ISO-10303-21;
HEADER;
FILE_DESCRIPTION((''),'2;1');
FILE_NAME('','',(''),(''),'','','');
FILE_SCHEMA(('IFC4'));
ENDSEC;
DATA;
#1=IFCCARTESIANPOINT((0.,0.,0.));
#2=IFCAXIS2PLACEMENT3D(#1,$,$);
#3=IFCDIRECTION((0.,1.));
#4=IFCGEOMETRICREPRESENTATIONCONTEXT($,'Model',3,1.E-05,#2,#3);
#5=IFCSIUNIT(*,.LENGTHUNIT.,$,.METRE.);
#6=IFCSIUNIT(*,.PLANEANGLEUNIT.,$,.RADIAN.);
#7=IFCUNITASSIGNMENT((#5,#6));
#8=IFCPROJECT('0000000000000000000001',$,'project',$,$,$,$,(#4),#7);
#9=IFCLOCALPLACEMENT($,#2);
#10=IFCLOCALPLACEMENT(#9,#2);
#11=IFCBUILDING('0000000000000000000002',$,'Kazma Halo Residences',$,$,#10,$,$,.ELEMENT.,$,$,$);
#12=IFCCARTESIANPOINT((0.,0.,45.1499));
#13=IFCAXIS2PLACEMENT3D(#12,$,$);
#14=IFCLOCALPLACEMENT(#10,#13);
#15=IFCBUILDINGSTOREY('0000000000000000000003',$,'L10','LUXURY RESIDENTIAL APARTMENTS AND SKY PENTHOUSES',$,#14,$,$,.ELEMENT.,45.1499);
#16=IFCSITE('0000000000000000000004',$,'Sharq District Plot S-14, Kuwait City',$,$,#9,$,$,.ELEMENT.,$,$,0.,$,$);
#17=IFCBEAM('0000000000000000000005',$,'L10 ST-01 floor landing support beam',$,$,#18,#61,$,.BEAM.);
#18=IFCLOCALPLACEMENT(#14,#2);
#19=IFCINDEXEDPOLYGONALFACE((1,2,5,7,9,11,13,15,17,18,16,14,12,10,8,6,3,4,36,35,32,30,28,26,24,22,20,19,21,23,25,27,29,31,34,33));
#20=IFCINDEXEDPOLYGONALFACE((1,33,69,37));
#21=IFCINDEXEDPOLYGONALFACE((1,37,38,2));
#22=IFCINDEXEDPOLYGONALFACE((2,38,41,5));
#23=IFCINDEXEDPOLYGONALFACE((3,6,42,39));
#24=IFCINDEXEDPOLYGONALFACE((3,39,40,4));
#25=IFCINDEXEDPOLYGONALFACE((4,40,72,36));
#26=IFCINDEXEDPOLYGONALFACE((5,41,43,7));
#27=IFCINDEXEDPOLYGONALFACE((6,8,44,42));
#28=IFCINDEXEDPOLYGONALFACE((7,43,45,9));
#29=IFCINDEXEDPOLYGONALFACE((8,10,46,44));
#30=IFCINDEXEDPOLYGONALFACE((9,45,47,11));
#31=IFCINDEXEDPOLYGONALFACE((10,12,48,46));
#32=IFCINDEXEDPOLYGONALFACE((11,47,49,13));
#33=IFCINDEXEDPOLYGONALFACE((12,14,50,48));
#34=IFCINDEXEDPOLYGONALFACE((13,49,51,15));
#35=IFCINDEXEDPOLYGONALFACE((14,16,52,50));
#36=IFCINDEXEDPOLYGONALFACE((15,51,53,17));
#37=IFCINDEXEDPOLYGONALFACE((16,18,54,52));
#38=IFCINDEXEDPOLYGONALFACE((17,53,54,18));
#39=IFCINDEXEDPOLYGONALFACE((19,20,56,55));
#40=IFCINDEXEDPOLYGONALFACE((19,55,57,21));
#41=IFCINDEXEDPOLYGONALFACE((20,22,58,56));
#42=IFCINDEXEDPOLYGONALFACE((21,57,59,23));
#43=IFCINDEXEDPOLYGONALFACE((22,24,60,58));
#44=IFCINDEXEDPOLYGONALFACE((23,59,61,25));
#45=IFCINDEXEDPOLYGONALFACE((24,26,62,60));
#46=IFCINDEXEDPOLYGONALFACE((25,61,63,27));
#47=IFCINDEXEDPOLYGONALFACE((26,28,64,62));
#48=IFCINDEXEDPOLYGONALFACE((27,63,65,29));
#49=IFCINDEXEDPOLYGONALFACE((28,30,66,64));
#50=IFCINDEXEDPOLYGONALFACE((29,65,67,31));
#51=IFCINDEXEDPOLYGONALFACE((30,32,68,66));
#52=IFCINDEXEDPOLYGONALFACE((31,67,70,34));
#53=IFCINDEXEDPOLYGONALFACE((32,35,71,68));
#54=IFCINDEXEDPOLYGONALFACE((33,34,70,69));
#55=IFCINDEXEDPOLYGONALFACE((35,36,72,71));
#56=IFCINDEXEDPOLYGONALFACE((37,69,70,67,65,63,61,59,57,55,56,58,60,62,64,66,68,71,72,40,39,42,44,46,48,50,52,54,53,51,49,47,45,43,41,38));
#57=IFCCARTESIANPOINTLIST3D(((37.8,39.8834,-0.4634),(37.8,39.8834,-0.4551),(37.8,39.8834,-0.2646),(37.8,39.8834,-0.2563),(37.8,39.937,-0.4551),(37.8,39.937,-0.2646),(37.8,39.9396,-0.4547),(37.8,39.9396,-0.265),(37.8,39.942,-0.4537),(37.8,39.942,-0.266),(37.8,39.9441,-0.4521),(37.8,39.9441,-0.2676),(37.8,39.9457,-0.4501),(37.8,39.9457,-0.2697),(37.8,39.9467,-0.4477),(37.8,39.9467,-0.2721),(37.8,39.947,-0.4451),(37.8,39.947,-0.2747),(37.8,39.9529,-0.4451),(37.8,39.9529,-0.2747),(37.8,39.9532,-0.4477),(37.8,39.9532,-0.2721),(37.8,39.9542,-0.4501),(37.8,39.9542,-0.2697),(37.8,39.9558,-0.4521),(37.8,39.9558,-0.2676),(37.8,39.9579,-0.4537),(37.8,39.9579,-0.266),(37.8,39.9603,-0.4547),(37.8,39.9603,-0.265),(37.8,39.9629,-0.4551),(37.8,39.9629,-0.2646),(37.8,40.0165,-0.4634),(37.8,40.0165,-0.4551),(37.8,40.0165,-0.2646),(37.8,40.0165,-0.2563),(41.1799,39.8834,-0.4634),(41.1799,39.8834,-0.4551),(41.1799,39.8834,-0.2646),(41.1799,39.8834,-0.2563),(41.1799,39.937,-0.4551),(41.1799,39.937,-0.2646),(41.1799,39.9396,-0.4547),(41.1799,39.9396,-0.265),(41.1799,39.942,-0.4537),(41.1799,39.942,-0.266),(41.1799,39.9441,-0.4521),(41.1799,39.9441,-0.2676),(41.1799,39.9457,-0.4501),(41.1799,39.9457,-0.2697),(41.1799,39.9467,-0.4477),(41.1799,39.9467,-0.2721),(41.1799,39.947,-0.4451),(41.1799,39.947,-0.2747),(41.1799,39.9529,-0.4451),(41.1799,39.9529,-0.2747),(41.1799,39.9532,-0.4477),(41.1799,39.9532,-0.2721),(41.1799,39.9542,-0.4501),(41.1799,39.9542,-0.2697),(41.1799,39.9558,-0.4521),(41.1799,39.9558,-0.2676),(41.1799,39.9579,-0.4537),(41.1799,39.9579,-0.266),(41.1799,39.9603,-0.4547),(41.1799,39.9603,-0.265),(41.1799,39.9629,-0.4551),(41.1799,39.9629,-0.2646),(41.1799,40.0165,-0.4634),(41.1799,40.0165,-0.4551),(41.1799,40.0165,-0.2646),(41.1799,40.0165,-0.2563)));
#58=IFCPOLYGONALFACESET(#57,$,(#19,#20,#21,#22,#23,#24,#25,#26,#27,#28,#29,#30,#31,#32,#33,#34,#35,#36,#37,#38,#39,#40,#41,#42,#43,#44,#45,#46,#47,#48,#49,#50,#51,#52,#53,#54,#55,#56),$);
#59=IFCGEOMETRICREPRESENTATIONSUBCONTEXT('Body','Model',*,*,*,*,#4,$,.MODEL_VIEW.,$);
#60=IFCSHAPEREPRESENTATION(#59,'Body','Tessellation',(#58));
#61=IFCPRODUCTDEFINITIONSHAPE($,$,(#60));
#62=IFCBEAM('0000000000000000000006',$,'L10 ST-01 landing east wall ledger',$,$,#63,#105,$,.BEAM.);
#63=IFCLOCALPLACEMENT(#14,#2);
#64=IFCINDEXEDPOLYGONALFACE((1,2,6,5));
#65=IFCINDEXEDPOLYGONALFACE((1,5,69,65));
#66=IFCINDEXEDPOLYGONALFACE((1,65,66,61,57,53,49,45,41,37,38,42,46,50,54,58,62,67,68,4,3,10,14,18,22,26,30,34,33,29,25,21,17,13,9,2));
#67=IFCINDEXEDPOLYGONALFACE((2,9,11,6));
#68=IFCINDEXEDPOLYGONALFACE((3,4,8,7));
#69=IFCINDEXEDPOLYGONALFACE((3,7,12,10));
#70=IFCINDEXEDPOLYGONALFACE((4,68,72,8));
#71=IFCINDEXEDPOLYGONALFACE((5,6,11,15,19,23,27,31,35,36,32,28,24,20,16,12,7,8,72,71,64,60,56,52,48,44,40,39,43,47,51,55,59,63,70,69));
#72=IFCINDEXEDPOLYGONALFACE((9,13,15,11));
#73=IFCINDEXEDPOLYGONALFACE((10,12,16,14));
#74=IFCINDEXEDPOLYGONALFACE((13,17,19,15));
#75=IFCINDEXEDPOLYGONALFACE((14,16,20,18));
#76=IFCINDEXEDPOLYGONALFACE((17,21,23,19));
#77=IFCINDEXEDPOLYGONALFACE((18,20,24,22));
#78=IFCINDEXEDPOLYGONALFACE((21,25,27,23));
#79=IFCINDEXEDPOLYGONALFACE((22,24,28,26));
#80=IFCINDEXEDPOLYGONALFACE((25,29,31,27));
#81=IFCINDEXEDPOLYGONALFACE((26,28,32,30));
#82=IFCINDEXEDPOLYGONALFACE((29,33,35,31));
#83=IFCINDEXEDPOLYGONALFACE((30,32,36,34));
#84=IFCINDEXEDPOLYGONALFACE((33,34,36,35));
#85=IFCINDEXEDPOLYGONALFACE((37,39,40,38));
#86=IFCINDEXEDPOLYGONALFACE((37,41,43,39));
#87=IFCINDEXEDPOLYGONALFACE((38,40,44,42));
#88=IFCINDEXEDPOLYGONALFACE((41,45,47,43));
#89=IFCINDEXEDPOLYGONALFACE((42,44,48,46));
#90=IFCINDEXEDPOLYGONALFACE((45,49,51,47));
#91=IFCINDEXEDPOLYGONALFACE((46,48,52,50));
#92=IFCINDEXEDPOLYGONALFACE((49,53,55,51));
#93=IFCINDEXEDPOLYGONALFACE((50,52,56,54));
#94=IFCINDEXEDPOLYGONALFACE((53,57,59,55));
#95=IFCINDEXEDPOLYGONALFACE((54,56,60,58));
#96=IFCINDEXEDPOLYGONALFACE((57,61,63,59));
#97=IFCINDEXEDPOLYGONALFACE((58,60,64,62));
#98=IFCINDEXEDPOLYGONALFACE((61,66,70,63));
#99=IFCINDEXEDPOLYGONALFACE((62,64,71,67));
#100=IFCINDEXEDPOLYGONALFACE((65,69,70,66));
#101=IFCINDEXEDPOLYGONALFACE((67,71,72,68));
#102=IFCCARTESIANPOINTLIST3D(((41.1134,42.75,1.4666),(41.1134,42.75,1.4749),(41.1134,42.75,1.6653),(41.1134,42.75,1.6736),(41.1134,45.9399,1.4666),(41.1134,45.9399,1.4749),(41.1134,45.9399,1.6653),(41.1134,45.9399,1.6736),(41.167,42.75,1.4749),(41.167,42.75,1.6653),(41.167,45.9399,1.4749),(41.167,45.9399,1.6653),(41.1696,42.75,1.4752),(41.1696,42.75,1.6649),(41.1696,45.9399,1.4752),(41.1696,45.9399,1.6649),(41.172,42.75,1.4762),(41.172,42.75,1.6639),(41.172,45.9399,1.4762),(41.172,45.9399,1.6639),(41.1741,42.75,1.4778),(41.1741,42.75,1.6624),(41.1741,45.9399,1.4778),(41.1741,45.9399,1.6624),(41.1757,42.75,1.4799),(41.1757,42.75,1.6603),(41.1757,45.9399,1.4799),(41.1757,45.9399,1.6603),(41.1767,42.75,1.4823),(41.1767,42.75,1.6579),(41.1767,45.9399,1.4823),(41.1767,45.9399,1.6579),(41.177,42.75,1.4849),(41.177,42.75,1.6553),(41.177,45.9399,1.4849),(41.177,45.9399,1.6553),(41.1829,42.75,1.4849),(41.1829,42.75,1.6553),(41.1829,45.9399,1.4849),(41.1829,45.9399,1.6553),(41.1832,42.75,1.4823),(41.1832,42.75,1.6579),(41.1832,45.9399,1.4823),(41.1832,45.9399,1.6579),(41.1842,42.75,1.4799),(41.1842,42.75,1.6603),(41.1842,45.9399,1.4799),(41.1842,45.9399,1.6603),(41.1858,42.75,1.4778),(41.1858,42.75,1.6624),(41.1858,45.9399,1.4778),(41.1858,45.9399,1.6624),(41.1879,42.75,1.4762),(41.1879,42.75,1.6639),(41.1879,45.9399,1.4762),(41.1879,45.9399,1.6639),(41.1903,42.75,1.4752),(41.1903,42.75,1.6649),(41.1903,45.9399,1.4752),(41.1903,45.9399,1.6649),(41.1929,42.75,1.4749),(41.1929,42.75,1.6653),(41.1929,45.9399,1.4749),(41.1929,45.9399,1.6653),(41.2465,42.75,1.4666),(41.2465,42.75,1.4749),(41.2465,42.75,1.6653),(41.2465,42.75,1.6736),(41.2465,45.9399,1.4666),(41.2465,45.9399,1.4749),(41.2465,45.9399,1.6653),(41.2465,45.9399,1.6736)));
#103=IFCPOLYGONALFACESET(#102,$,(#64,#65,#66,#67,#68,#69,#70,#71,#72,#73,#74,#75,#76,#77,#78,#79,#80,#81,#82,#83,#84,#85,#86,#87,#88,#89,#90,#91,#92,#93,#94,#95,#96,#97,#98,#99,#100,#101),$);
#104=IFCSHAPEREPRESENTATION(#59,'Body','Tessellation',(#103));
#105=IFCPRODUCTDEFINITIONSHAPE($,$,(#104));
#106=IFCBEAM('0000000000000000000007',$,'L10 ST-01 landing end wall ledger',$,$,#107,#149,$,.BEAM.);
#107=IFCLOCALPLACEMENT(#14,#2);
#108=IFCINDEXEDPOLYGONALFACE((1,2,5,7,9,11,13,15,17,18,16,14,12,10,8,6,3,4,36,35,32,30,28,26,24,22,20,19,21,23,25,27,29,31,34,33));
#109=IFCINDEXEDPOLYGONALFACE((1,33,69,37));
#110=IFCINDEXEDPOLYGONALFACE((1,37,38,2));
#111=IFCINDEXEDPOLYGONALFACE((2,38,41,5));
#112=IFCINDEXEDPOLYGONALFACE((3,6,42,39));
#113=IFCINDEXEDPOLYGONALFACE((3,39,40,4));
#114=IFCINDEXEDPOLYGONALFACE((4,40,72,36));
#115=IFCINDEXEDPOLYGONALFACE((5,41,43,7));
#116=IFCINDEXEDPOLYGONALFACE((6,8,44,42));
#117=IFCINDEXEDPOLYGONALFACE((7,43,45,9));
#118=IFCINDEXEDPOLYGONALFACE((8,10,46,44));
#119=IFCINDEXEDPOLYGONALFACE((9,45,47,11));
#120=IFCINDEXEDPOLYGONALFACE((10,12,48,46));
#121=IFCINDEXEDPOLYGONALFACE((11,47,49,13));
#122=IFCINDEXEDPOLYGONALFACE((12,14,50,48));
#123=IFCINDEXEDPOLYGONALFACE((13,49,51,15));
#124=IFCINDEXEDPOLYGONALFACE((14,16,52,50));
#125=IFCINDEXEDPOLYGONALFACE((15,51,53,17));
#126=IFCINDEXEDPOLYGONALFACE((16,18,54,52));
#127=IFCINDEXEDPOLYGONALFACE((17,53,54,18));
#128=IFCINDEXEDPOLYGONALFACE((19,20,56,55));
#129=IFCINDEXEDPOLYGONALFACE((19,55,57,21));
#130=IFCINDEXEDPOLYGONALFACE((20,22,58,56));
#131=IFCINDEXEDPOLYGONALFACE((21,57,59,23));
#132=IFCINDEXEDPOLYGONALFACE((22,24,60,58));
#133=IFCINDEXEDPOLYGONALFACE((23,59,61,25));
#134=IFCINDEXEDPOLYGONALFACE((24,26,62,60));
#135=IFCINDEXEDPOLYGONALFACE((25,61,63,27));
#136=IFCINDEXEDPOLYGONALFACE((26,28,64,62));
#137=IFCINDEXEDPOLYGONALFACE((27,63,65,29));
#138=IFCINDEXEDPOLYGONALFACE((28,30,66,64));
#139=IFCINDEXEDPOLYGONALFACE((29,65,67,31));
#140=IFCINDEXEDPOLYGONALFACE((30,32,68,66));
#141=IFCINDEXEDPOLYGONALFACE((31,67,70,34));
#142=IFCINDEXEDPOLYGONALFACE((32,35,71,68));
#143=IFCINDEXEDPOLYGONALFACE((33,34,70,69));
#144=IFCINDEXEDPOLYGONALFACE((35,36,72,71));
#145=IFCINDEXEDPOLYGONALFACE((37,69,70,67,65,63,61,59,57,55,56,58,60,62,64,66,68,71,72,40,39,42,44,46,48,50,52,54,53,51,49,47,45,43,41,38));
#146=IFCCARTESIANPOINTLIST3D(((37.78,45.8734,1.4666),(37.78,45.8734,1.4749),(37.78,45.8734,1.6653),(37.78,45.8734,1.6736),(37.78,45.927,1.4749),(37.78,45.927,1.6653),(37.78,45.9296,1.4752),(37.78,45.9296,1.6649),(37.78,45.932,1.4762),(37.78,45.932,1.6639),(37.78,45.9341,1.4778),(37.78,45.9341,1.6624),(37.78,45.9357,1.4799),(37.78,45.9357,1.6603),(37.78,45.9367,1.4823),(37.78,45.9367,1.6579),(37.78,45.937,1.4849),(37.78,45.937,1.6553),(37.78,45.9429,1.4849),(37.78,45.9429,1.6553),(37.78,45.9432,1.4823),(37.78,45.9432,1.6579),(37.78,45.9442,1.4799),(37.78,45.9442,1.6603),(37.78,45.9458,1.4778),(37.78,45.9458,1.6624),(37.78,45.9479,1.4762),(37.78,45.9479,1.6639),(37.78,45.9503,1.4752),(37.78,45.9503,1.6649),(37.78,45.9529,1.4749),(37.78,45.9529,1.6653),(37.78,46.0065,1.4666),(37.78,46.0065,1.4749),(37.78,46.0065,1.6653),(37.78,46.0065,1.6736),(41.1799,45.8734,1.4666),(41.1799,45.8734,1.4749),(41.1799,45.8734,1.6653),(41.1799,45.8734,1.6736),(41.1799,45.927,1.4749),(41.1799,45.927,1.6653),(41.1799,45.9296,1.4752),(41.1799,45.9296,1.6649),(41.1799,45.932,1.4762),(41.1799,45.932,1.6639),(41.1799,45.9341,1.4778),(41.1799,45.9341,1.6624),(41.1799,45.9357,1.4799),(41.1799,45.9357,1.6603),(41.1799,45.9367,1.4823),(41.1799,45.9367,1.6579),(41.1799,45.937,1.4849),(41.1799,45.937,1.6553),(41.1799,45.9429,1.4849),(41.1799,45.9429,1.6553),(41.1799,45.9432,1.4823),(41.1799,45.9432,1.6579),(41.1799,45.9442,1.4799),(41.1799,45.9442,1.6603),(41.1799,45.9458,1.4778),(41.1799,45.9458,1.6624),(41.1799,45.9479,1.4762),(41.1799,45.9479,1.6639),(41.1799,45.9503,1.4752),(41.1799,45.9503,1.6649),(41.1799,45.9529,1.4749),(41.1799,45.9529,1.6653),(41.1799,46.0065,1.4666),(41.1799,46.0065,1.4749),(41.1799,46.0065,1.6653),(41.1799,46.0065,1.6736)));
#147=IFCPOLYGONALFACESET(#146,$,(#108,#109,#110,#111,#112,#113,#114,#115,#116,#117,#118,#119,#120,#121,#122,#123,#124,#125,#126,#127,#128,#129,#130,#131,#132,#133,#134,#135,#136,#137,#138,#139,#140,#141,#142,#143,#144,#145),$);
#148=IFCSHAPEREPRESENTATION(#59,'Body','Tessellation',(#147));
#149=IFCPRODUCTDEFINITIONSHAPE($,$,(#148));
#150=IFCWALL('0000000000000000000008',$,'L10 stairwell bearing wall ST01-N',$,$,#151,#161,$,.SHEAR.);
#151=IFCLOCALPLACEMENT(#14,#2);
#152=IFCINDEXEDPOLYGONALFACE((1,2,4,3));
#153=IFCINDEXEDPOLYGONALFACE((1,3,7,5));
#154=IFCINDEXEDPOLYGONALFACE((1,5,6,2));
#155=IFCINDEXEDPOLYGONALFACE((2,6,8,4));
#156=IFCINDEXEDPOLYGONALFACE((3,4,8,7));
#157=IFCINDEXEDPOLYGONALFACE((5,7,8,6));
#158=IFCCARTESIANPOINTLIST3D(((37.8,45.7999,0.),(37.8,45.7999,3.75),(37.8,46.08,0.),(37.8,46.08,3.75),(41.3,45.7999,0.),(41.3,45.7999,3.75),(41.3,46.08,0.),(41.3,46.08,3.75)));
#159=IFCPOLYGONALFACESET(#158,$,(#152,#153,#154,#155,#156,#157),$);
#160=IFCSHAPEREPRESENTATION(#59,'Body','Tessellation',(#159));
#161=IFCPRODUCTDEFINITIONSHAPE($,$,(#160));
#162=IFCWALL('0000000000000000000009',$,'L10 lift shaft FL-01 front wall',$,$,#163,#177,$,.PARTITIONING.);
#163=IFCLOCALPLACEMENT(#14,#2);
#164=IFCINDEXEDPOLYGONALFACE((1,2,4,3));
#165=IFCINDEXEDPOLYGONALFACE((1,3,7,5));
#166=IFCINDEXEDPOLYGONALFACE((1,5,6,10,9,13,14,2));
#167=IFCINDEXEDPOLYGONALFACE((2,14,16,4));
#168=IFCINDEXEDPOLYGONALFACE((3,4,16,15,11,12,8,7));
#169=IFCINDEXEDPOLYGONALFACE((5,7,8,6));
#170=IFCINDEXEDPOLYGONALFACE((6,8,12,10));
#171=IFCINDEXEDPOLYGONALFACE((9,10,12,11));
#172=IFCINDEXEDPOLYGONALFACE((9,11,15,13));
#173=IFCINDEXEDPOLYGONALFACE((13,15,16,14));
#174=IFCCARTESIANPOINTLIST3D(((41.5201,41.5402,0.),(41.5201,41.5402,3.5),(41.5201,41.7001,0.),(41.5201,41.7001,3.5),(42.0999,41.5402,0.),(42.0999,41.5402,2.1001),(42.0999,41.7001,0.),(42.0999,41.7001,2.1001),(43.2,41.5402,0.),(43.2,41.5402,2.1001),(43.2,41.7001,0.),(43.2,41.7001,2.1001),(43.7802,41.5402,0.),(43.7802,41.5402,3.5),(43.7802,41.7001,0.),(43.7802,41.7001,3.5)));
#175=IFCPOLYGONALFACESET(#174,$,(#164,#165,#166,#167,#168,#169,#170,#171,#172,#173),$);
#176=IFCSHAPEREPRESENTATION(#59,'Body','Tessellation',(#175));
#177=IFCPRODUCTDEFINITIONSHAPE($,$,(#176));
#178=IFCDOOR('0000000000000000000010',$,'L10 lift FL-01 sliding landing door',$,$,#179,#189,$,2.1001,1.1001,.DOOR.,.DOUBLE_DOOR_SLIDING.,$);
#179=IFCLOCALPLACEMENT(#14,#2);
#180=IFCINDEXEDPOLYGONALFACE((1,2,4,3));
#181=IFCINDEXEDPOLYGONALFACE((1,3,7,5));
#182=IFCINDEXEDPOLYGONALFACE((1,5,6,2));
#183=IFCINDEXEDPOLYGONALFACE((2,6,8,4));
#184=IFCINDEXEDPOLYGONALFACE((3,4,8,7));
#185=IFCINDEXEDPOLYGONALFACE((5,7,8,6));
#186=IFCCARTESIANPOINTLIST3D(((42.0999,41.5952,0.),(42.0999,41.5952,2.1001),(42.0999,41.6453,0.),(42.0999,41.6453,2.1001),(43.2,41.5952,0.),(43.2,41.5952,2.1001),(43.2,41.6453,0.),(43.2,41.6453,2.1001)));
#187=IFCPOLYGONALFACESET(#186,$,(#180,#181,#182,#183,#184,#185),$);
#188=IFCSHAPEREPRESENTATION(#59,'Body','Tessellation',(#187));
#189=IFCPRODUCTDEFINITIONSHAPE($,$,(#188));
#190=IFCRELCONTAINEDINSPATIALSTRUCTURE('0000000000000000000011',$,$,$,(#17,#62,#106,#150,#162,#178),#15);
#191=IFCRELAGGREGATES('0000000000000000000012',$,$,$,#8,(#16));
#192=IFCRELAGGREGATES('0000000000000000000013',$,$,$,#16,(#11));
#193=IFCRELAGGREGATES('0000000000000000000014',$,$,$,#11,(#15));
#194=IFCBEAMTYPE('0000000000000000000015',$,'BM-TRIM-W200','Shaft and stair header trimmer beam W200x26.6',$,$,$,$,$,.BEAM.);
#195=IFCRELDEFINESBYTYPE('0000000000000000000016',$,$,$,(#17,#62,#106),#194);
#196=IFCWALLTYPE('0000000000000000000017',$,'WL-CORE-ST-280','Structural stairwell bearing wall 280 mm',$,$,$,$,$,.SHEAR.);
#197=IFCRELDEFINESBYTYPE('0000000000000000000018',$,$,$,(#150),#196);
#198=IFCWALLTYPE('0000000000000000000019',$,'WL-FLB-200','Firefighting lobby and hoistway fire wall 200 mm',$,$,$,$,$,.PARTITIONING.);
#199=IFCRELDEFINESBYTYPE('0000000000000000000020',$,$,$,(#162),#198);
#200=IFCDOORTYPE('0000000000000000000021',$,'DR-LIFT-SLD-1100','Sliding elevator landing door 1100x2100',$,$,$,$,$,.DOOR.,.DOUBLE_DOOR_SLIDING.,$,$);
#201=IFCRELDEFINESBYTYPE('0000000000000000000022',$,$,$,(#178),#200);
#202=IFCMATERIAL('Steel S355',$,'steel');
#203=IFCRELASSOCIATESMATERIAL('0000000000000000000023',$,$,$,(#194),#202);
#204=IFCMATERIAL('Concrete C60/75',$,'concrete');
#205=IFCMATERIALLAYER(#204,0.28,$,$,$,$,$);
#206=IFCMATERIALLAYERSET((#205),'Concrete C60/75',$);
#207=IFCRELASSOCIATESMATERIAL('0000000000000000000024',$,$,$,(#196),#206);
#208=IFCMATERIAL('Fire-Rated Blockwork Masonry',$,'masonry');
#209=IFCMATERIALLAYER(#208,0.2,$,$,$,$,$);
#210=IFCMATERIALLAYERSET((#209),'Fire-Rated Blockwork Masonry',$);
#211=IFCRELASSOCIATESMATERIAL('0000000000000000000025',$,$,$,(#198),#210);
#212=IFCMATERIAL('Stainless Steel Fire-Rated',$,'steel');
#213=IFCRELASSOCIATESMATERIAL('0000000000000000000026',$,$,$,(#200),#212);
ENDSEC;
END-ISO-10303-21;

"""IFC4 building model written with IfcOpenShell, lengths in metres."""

from ifc_helpers import new_model, si_unit, direction, frame, frame_2d, origin, origin_2d, place, context, subcontext, project, spatial, rectangle, i_section, extrude, material, layer, layer_set, material_profile, profile_set, type_object, element, fill, save


model = new_model("IFC4")

# Units and contexts
model_context = context("Model", 3, precision=1e-05, world=origin(), true_north=direction((0.0, 1.0)))
body_context = subcontext(model_context, "Body", "Model", "MODEL_VIEW")
ifc_project = project(units=[si_unit("LENGTHUNIT", "METRE"), si_unit("PLANEANGLEUNIT", "RADIAN")], contexts=[model_context])

# Site, building, storey
site_placement = place(None, origin())
site = spatial("IfcSite", under=ifc_project, at=site_placement, Name="Sharq District Plot S-14, Kuwait City", CompositionType="ELEMENT", RefElevation=0.0)
building_placement = place(site_placement, origin())
building = spatial("IfcBuilding", under=site, at=building_placement, Name="Kazma Halo Residences", CompositionType="ELEMENT")
storey_placement = place(building_placement, frame((0.0, 0.0, 45.1499)))
storey = spatial("IfcBuildingStorey", under=building, at=storey_placement, Name="L10", Description="LUXURY RESIDENTIAL APARTMENTS AND SKY PENTHOUSES", CompositionType="ELEMENT", Elevation=45.1499)

# Shared definitions
ifc_material_1 = material(Name="Steel S355", Category="steel")

# Beams
ifc_material_profile_1 = material_profile(ifc_material_1, i_section(OverallWidth=0.1331, OverallDepth=0.207, WebThickness=0.0059, FlangeThickness=0.0083, FilletRadius=0.01, at=origin_2d()), Name="W200x26.6")
ifc_profile_set_1 = profile_set([ifc_material_profile_1], Name="Steel S355")
beam_type_1 = type_object("IfcBeamType", Name="BM-TRIM-W200", Description="Shaft and stair header trimmer beam W200x26.6", PredefinedType="BEAM", material=ifc_profile_set_1)
beam_1_placement = place(storey_placement, frame((37.8, 39.95, -0.3599), z_axis=(1.0, 0.0, 0.0), x_axis=(0.0, 1.0, 0.0)))
element("IfcBeam", 1, at=beam_1_placement, inside=storey, type_object=beam_type_1, Name="L10 ST-01 floor landing support beam", PredefinedType="BEAM", context=body_context, shape_type="SweptSolid", body=[
    extrude(i_section(OverallWidth=0.1331, OverallDepth=0.207, WebThickness=0.0059, FlangeThickness=0.0083, FilletRadius=0.01, at=origin_2d()), origin(), (0.0, 0.0, 1.0), 3.3799),
])
beam_2_placement = place(storey_placement, frame((41.1799, 42.75, 1.5701), z_axis=(0.0, 1.0, 0.0), x_axis=(-1.0, 0.0, 0.0)))
element("IfcBeam", 2, at=beam_2_placement, inside=storey, type_object=beam_type_1, Name="L10 ST-01 landing east wall ledger", PredefinedType="BEAM", context=body_context, shape_type="SweptSolid", body=[
    extrude(i_section(OverallWidth=0.1331, OverallDepth=0.207, WebThickness=0.0059, FlangeThickness=0.0083, FilletRadius=0.01, at=origin_2d()), origin(), (0.0, 0.0, 1.0), 3.1899),
])
beam_3_placement = place(storey_placement, frame((37.78, 45.9399, 1.5701), z_axis=(1.0, 0.0, 0.0), x_axis=(0.0, 1.0, 0.0)))
element("IfcBeam", 3, at=beam_3_placement, inside=storey, type_object=beam_type_1, Name="L10 ST-01 landing end wall ledger", PredefinedType="BEAM", context=body_context, shape_type="SweptSolid", body=[
    extrude(i_section(OverallWidth=0.1331, OverallDepth=0.207, WebThickness=0.0059, FlangeThickness=0.0083, FilletRadius=0.01, at=origin_2d()), origin(), (0.0, 0.0, 1.0), 3.3999),
])

# Wall
ifc_material_2 = material(Name="Concrete C60/75", Category="concrete")
ifc_layer_1 = layer(ifc_material_2, 0.28)
ifc_layer_set_1 = layer_set([ifc_layer_1], Name="Concrete C60/75")
wall_type_1 = type_object("IfcWallType", Name="WL-CORE-ST-280", Description="Structural stairwell bearing wall 280 mm", PredefinedType="SHEAR", material=ifc_layer_set_1)
wall_1_placement = place(storey_placement, frame((37.8, 45.9399, 0.0), z_axis=(0.0, 0.0, 1.0), x_axis=(1.0, 0.0, 0.0)))
element("IfcWall", 4, at=wall_1_placement, inside=storey, type_object=wall_type_1, Name="L10 stairwell bearing wall ST01-N", PredefinedType="SHEAR", context=body_context, shape_type="SweptSolid", body=[
    extrude(rectangle(XDim=3.5, YDim=0.28, at=frame_2d((1.75, 0.0))), origin(), (0.0, 0.0, 1.0), 3.75),
])

# Wall, opening, door
ifc_material_3 = material(Name="Fire-Rated Blockwork Masonry", Category="masonry")
ifc_layer_2 = layer(ifc_material_3, 0.2)
ifc_layer_set_2 = layer_set([ifc_layer_2], Name="Fire-Rated Blockwork Masonry")
wall_type_2 = type_object("IfcWallType", Name="WL-FLB-200", Description="Firefighting lobby and hoistway fire wall 200 mm", PredefinedType="PARTITIONING", material=ifc_layer_set_2)
wall_2_placement = place(storey_placement, frame((43.78, 41.6201, 0.0), z_axis=(0.0, 0.0, 1.0), x_axis=(-1.0, 0.0, 0.0)))
wall_2 = element("IfcWall", 5, at=wall_2_placement, inside=storey, type_object=wall_type_2, Name="L10 lift shaft FL-01 front wall", PredefinedType="PARTITIONING", context=body_context, shape_type="SweptSolid", body=[
    extrude(rectangle(XDim=2.26, YDim=0.1599, at=frame_2d((1.1299, 0.0))), origin(), (0.0, 0.0, 1.0), 3.5),
])
opening_1_placement = place(wall_2_placement, frame((0.5801, 0.0, 0.0)))
opening_1 = element("IfcOpeningElement", 6, at=opening_1_placement, cuts=wall_2, PredefinedType="OPENING", context=body_context, shape_type="SweptSolid", body=[
    extrude(rectangle(XDim=1.1001, YDim=2.1001, at=frame_2d((0.55, 1.05))), frame((0.0, 0.0898, 0.0), z_axis=(0.0, -1.0, 0.0), x_axis=(1.0, 0.0, 0.0)), (0.0, 0.0, 1.0), 0.1799),
])
ifc_material_4 = material(Name="Stainless Steel Fire-Rated", Category="steel")
door_type_1 = type_object("IfcDoorType", Name="DR-LIFT-SLD-1100", Description="Sliding elevator landing door 1100x2100", OperationType="DOUBLE_DOOR_SLIDING", PredefinedType="DOOR", material=ifc_material_4)
door_1_placement = place(opening_1_placement, origin())
door_1 = element("IfcDoor", 7, at=door_1_placement, inside=storey, type_object=door_type_1, Name="L10 lift FL-01 sliding landing door", OperationType="DOUBLE_DOOR_SLIDING", OverallHeight=2.1001, OverallWidth=1.1001, PredefinedType="DOOR", context=body_context, shape_type="SweptSolid", body=[
    extrude(rectangle(XDim=1.1001, YDim=2.1001, at=frame_2d((0.55, 1.05))), frame((0.0, 0.0249, 0.0), z_axis=(0.0, -1.0, 0.0), x_axis=(1.0, 0.0, 0.0)), (0.0, 0.0, 1.0), 0.05),
])
fill(opening_1, door_1)

save(model, "model.ifc")
